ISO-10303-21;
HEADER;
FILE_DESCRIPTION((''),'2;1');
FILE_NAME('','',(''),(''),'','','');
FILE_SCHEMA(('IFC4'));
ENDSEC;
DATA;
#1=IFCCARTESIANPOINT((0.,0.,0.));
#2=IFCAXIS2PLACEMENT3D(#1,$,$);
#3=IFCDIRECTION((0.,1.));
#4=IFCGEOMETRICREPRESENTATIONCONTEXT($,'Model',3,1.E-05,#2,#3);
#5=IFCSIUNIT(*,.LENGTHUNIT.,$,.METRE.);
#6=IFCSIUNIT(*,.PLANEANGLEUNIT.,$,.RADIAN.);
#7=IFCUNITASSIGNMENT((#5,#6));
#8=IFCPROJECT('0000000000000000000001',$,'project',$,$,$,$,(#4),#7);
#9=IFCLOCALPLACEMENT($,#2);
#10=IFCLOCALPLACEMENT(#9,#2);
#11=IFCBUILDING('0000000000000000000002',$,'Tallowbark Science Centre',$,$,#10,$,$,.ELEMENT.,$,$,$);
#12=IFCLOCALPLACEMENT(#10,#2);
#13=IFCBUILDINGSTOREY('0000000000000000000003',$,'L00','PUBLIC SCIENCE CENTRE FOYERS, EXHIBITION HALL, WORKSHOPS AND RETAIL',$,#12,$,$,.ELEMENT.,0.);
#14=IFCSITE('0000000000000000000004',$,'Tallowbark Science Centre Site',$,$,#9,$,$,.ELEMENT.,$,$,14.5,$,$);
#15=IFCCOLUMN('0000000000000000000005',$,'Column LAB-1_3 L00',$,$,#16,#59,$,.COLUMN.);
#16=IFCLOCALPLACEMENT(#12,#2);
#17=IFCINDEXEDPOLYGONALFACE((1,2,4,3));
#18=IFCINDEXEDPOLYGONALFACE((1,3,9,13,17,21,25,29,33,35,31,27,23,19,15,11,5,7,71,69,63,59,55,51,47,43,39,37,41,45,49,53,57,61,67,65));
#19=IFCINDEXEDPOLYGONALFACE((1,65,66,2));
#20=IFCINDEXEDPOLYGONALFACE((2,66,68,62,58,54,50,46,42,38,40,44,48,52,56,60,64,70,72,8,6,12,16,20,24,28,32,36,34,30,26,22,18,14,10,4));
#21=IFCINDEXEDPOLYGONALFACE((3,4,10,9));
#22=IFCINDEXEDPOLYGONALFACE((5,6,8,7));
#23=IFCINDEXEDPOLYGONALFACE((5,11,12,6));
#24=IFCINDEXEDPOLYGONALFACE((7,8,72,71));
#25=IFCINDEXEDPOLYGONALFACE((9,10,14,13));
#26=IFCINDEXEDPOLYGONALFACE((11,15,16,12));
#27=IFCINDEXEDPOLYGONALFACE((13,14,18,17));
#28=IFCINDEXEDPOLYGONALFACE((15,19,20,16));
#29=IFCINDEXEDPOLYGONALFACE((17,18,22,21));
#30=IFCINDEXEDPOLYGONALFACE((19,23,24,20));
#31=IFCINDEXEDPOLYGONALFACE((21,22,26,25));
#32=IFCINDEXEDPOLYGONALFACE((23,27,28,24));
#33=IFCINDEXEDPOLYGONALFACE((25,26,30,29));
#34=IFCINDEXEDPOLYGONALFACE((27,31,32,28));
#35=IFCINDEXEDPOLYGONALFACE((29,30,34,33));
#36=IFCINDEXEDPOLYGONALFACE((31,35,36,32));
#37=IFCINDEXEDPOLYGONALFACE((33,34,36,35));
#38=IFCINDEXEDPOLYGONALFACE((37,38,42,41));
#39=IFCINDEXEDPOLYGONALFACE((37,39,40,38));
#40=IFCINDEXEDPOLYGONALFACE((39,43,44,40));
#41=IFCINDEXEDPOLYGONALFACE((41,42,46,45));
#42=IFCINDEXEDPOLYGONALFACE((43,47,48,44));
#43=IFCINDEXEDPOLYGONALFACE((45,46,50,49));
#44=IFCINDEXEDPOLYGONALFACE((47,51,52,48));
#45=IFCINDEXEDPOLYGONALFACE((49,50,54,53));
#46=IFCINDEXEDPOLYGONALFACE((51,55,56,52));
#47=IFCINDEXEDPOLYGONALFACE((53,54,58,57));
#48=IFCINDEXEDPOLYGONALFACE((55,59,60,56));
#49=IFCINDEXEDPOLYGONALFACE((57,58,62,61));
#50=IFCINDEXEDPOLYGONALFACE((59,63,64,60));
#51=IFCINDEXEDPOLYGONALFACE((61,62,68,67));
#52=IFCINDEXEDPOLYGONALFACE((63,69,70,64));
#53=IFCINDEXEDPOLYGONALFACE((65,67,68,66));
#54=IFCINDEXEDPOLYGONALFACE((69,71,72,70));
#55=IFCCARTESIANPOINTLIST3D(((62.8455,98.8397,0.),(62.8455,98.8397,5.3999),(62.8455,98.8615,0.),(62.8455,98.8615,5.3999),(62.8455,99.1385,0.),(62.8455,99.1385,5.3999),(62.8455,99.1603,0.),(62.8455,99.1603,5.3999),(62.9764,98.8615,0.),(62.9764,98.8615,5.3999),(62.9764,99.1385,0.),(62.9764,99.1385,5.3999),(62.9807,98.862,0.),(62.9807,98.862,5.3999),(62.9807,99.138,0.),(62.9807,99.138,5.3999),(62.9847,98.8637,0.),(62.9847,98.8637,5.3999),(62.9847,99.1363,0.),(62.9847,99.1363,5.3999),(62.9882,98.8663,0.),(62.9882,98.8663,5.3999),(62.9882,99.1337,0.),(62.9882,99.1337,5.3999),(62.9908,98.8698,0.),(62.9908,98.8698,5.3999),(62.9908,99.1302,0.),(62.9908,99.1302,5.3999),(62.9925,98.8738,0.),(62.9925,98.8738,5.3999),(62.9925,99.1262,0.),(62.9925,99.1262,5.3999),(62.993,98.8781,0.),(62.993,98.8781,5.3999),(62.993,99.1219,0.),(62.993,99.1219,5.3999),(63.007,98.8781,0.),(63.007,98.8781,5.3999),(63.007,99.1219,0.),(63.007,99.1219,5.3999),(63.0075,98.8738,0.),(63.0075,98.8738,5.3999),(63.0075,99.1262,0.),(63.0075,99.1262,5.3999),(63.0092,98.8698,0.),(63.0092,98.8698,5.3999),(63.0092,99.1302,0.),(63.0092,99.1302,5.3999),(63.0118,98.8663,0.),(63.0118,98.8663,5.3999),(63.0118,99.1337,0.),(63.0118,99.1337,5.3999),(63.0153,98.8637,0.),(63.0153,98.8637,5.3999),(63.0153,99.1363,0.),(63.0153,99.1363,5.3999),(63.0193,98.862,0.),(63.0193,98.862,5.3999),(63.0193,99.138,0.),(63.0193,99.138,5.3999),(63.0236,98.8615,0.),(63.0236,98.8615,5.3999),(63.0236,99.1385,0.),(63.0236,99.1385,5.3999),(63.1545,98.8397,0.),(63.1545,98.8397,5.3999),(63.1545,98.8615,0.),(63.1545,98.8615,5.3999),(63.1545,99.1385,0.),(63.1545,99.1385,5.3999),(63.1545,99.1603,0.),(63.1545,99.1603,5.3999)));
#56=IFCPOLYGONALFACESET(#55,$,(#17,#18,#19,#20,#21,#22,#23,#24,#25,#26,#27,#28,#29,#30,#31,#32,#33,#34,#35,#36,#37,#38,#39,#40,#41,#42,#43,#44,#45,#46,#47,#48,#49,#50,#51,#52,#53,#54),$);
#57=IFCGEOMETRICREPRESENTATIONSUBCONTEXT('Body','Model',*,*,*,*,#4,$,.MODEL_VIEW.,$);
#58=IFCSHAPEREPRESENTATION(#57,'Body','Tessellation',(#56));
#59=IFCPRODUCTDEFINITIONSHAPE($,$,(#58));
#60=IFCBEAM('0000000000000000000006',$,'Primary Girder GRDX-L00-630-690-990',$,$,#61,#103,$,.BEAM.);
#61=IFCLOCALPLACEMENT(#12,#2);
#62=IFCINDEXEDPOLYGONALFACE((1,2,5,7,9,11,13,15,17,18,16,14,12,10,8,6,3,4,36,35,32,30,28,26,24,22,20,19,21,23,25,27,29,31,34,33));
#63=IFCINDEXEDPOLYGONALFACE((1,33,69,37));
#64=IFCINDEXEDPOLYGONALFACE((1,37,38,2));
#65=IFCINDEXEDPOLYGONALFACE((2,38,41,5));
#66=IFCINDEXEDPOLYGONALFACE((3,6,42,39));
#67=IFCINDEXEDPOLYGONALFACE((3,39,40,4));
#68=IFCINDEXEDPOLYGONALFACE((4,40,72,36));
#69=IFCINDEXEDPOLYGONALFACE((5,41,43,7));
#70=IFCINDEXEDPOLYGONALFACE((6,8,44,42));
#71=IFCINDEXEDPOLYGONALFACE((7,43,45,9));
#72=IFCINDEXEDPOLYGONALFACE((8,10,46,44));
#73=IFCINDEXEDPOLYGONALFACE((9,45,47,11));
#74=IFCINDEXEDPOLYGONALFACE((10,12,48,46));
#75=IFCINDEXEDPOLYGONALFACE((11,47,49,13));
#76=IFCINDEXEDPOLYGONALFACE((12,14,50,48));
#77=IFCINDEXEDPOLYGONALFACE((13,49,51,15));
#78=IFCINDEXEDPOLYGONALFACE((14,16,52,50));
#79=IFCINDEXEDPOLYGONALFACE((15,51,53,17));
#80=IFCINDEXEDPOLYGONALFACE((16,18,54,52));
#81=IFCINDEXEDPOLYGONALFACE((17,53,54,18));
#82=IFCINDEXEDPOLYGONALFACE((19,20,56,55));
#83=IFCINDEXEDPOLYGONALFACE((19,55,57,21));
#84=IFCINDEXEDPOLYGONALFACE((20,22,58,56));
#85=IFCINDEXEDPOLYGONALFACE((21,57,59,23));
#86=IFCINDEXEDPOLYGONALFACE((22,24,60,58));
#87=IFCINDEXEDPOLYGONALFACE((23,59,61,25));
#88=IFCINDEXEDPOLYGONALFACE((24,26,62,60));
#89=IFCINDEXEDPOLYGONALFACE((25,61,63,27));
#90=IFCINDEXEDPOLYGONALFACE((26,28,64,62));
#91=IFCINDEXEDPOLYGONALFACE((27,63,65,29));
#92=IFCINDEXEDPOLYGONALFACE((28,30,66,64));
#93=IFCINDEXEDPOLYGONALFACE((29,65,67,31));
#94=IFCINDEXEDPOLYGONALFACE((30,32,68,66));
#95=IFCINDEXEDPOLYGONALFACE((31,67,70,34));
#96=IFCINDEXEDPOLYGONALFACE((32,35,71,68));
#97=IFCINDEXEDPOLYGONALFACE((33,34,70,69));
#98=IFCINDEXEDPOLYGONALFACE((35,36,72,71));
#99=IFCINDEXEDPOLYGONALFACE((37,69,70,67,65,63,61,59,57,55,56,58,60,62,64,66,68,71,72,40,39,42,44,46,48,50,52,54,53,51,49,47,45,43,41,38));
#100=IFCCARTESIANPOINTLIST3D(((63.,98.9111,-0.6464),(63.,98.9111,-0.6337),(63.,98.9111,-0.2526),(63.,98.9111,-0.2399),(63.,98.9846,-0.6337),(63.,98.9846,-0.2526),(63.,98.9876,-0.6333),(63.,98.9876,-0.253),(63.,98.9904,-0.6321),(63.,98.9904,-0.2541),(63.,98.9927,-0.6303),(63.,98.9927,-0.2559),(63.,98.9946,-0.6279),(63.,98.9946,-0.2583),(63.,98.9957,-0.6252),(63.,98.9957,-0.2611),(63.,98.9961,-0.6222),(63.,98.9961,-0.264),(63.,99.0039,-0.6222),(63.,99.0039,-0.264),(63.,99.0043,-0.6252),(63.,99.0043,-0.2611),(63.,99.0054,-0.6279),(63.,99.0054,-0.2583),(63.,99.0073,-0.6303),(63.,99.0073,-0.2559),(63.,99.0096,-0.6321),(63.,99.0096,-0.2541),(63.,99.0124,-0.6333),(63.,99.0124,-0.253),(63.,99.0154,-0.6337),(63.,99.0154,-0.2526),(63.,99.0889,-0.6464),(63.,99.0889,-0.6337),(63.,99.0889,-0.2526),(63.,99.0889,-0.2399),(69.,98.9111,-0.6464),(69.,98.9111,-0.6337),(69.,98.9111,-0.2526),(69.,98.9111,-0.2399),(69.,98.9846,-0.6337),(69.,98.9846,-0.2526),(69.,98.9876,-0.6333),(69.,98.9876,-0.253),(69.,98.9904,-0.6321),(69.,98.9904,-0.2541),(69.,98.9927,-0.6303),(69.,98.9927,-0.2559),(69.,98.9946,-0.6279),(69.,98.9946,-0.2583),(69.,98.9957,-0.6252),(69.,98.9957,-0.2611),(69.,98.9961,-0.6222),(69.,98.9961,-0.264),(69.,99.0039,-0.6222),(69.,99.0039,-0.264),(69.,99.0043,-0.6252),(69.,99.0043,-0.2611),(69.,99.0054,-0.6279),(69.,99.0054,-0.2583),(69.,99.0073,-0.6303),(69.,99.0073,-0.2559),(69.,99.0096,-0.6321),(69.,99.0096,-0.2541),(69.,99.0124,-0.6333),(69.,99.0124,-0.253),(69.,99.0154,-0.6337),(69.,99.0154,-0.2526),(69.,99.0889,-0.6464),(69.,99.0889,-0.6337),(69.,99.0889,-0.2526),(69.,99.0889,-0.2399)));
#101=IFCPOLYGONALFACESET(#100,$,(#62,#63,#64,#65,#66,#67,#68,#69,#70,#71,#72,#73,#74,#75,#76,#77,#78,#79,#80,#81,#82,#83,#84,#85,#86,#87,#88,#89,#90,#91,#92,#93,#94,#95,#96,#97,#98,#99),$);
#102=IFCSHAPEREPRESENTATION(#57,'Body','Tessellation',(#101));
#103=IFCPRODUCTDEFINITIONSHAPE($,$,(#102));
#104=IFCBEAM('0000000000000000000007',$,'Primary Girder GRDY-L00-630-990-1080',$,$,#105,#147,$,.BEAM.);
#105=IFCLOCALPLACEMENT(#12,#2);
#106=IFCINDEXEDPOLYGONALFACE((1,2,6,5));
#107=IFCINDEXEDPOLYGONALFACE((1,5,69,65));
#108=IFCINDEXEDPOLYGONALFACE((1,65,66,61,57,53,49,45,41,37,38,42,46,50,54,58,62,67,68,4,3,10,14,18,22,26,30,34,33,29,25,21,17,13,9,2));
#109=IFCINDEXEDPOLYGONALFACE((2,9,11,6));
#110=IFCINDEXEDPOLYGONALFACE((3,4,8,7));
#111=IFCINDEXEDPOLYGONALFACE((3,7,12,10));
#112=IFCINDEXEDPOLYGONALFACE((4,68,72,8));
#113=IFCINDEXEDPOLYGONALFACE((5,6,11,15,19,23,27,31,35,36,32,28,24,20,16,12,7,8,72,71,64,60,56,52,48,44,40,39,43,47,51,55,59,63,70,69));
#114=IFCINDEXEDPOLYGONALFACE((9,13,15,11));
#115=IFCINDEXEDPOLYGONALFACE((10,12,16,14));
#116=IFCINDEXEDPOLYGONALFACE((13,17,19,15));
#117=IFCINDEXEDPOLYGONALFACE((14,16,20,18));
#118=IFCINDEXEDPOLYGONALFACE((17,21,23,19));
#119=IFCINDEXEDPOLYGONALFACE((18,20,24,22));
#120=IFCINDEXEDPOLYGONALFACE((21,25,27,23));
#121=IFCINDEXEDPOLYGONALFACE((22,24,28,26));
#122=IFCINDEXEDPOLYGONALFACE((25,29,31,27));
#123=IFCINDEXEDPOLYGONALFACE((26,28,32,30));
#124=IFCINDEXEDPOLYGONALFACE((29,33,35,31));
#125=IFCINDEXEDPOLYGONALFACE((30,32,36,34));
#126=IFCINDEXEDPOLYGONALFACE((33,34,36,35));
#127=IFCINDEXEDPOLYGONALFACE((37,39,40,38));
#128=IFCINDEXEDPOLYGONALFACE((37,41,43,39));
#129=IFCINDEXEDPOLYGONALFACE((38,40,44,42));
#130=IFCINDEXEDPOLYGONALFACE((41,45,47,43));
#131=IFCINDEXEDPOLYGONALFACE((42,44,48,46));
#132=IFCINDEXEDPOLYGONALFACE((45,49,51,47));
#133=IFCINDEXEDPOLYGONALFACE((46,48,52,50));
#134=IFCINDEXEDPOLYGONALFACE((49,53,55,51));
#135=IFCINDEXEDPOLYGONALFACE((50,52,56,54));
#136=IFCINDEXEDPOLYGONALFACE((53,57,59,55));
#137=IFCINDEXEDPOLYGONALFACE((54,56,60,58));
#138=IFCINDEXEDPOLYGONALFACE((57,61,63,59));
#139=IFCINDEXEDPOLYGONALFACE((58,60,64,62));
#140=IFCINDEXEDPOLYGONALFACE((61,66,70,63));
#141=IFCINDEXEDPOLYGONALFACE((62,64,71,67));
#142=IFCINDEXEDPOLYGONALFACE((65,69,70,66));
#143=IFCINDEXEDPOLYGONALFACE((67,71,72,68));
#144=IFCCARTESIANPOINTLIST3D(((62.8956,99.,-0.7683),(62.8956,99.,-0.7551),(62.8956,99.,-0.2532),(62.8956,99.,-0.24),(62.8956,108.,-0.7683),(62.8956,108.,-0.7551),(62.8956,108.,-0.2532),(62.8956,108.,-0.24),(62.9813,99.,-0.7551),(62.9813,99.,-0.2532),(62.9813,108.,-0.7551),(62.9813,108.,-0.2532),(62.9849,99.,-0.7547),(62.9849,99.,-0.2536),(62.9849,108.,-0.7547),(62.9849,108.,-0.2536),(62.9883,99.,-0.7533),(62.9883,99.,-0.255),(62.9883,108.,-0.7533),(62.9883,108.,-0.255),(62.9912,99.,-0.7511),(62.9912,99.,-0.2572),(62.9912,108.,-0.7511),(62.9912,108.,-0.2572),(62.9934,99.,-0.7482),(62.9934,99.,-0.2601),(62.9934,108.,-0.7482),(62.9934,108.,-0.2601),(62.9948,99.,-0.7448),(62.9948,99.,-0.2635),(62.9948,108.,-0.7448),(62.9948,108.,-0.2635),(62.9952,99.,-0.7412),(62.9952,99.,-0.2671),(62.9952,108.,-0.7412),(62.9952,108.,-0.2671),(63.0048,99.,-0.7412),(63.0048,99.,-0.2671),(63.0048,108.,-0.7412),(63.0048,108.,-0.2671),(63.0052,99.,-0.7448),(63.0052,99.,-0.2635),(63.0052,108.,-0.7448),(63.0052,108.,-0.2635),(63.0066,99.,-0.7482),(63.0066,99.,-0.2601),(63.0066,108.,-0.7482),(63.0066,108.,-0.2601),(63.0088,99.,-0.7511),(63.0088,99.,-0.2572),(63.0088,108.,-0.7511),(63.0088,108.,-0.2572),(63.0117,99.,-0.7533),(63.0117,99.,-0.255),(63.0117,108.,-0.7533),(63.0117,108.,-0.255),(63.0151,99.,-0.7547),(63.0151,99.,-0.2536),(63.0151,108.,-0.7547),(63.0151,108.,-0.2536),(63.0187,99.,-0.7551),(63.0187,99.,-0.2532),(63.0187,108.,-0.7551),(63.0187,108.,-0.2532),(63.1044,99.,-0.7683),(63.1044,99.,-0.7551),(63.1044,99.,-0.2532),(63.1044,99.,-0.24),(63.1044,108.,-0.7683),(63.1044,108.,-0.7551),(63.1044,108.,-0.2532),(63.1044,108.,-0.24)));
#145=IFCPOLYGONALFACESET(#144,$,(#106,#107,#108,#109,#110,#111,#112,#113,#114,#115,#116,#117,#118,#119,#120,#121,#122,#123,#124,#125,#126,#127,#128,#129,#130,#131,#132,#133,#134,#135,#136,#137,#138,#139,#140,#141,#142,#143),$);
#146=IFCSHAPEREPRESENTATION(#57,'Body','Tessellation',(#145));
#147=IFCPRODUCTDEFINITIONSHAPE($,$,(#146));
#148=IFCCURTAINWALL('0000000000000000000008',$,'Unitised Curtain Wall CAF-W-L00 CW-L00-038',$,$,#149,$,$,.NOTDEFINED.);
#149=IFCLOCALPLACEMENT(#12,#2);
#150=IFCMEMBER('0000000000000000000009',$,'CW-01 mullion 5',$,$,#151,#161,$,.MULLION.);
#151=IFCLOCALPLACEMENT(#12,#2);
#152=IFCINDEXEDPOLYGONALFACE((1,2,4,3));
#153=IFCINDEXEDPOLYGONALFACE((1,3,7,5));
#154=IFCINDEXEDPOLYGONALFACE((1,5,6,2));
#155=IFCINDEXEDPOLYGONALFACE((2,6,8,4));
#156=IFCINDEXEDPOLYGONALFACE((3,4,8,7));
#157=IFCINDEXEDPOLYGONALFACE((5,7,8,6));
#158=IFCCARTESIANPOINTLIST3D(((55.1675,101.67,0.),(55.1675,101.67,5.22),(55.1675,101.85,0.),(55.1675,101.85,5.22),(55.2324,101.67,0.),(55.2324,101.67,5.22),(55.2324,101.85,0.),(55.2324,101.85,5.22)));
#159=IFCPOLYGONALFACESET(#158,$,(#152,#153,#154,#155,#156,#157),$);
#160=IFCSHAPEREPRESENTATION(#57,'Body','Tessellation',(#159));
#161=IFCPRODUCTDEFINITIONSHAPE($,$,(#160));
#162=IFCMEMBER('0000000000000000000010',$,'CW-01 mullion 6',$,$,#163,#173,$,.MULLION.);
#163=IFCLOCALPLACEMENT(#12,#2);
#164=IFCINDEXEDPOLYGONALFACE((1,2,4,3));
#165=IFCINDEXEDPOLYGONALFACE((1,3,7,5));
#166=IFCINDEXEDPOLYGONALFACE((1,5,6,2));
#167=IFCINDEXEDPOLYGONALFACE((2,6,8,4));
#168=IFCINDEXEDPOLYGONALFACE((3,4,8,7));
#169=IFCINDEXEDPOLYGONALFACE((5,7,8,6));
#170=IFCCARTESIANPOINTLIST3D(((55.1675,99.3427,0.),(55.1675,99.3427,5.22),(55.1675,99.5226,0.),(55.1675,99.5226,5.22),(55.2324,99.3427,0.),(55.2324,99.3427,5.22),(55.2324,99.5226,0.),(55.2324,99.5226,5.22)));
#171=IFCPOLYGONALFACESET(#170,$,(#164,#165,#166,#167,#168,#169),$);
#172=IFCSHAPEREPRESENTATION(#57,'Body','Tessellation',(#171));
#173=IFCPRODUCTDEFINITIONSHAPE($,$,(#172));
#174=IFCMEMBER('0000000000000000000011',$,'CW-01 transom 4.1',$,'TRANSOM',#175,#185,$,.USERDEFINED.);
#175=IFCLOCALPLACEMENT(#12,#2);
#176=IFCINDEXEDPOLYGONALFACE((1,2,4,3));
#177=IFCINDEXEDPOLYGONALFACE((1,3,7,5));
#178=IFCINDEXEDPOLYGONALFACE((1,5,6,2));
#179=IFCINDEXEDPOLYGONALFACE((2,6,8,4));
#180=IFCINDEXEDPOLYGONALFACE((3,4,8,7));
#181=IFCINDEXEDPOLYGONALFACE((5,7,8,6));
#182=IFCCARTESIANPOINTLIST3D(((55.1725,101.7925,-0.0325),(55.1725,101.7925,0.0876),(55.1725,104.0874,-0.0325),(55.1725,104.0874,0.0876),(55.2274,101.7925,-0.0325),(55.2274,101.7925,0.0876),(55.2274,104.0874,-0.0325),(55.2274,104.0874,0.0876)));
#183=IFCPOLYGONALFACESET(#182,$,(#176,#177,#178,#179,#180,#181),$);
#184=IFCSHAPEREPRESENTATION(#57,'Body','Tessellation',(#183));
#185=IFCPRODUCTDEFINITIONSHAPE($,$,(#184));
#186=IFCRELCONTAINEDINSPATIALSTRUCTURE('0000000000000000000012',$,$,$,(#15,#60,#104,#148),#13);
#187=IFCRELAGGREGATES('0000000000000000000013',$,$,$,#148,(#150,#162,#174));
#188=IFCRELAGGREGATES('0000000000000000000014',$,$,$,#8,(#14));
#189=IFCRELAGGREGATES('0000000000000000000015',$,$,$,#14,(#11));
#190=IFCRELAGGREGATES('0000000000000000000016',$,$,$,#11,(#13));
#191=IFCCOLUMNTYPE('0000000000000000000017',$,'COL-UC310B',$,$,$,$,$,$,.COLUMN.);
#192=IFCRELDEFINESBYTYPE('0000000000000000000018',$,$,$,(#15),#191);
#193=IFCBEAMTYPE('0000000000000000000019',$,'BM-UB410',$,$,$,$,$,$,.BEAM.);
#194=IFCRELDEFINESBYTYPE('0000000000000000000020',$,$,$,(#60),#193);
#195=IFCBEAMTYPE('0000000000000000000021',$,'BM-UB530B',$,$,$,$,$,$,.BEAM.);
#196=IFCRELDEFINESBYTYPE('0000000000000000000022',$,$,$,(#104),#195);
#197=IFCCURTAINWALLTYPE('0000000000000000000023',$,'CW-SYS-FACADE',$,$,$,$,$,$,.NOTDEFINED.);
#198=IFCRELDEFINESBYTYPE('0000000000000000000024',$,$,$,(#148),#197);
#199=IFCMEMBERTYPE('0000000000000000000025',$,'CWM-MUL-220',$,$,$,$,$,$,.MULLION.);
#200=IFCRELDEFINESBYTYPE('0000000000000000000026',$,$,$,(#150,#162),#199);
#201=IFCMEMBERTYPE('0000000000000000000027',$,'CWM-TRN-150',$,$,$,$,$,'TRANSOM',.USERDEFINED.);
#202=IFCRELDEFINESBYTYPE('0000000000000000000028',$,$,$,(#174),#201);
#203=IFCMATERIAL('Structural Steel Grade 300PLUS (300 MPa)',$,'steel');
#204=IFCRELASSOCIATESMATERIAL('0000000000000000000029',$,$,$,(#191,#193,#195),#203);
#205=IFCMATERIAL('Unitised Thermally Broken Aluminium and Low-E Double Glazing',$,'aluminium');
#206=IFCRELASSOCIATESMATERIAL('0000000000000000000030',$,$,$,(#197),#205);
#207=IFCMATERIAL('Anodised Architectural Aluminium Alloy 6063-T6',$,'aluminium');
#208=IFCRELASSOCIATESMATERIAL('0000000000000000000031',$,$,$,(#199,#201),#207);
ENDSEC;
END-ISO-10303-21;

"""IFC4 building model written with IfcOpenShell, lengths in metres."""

from ifc_helpers import new_model, si_unit, direction, frame, origin, origin_2d, place, context, subcontext, project, spatial, rectangle, i_section, extrude, material, material_profile, profile_set, type_object, element, aggregate, save


model = new_model("IFC4")

# Units and contexts
model_context = context("Model", 3, precision=1e-05, world=origin(), true_north=direction((0.0, 1.0)))
body_context = subcontext(model_context, "Body", "Model", "MODEL_VIEW")
ifc_project = project(units=[si_unit("LENGTHUNIT", "METRE"), si_unit("PLANEANGLEUNIT", "RADIAN")], contexts=[model_context])

# Site, building, storey
site_placement = place(None, origin())
site = spatial("IfcSite", under=ifc_project, at=site_placement, Name="Tallowbark Science Centre Site", CompositionType="ELEMENT", RefElevation=14.5)
building_placement = place(site_placement, origin())
building = spatial("IfcBuilding", under=site, at=building_placement, Name="Tallowbark Science Centre", CompositionType="ELEMENT")
storey_placement = place(building_placement, origin())
storey = spatial("IfcBuildingStorey", under=building, at=storey_placement, Name="L00", Description="PUBLIC SCIENCE CENTRE FOYERS, EXHIBITION HALL, WORKSHOPS AND RETAIL", CompositionType="ELEMENT", Elevation=0.0)

# Column
ifc_material_1 = material(Name="Structural Steel Grade 300PLUS (300 MPa)", Category="steel")
ifc_material_profile_1 = material_profile(ifc_material_1, i_section(OverallWidth=0.3091, OverallDepth=0.3206, WebThickness=0.0139, FlangeThickness=0.0217, FilletRadius=0.0166, at=origin_2d()), Name="310UC137")
ifc_profile_set_1 = profile_set([ifc_material_profile_1], Name="Structural Steel Grade 300PLUS (300 MPa)")
column_type = type_object("IfcColumnType", Name="COL-UC310B", PredefinedType="COLUMN", material=ifc_profile_set_1)
column_placement = place(storey_placement, frame((63.0, 99.0, 0.0), z_axis=(0.0, 0.0, 1.0), x_axis=(1.0, 0.0, 0.0)))
element("IfcColumn", 1, at=column_placement, inside=storey, type_object=column_type, Name="Column LAB-1_3 L00", PredefinedType="COLUMN", context=body_context, shape_type="SweptSolid", body=[
    extrude(i_section(OverallWidth=0.3091, OverallDepth=0.3206, WebThickness=0.0139, FlangeThickness=0.0217, FilletRadius=0.0166, at=origin_2d()), origin(), (0.0, 0.0, 1.0), 5.3999),
])

# Beams
ifc_material_profile_2 = material_profile(ifc_material_1, i_section(OverallWidth=0.1777, OverallDepth=0.4065, WebThickness=0.0078, FlangeThickness=0.0127, FilletRadius=0.0115, at=origin_2d()), Name="410UB59.7")
ifc_profile_set_2 = profile_set([ifc_material_profile_2], Name="Structural Steel Grade 300PLUS (300 MPa)")
beam_type_1 = type_object("IfcBeamType", Name="BM-UB410", PredefinedType="BEAM", material=ifc_profile_set_2)
beam_1_placement = place(storey_placement, frame((63.0, 99.0, -0.4431), z_axis=(1.0, 0.0, 0.0), x_axis=(0.0, 1.0, 0.0)))
element("IfcBeam", 2, at=beam_1_placement, inside=storey, type_object=beam_type_1, Name="Primary Girder GRDX-L00-630-690-990", PredefinedType="BEAM", context=body_context, shape_type="SweptSolid", body=[
    extrude(i_section(OverallWidth=0.1777, OverallDepth=0.4065, WebThickness=0.0078, FlangeThickness=0.0127, FilletRadius=0.0115, at=origin_2d()), origin(), (0.0, 0.0, 1.0), 6.0),
])
ifc_material_profile_3 = material_profile(ifc_material_1, i_section(OverallWidth=0.2087, OverallDepth=0.5283, WebThickness=0.0095, FlangeThickness=0.0132, FilletRadius=0.0139, at=origin_2d()), Name="530UB82.0")
ifc_profile_set_3 = profile_set([ifc_material_profile_3], Name="Structural Steel Grade 300PLUS (300 MPa)")
beam_type_2 = type_object("IfcBeamType", Name="BM-UB530B", PredefinedType="BEAM", material=ifc_profile_set_3)
beam_2_placement = place(storey_placement, frame((63.0, 99.0, -0.5042), z_axis=(0.0, 1.0, 0.0), x_axis=(-1.0, 0.0, 0.0)))
element("IfcBeam", 3, at=beam_2_placement, inside=storey, type_object=beam_type_2, Name="Primary Girder GRDY-L00-630-990-1080", PredefinedType="BEAM", context=body_context, shape_type="SweptSolid", body=[
    extrude(i_section(OverallWidth=0.2087, OverallDepth=0.5283, WebThickness=0.0095, FlangeThickness=0.0132, FilletRadius=0.0139, at=origin_2d()), origin(), (0.0, 0.0, 1.0), 9.0),
])

# Curtain wall, members
ifc_material_2 = material(Name="Unitised Thermally Broken Aluminium and Low-E Double Glazing", Category="aluminium")
curtain_wall_type = type_object("IfcCurtainWallType", Name="CW-SYS-FACADE", PredefinedType="NOTDEFINED", material=ifc_material_2)
curtain_wall_placement = place(storey_placement, origin())
curtain_wall = element("IfcCurtainWall", 4, at=curtain_wall_placement, inside=storey, type_object=curtain_wall_type, Name="Unitised Curtain Wall CAF-W-L00 CW-L00-038", PredefinedType="NOTDEFINED")
ifc_material_3 = material(Name="Anodised Architectural Aluminium Alloy 6063-T6", Category="aluminium")
ifc_material_profile_4 = material_profile(ifc_material_3, rectangle(XDim=0.0649, YDim=0.1799, at=origin_2d()), Name="ALU65x180")
ifc_profile_set_4 = profile_set([ifc_material_profile_4], Name="Anodised Architectural Aluminium Alloy 6063-T6")
member_type_1 = type_object("IfcMemberType", Name="CWM-MUL-220", PredefinedType="MULLION", material=ifc_profile_set_4)
member_1_placement = place(storey_placement, frame((55.2, 101.76, 0.0), z_axis=(0.0, 0.0, 1.0), x_axis=(1.0, 0.0, 0.0)))
member_1 = element("IfcMember", 5, at=member_1_placement, type_object=member_type_1, Name="CW-01 mullion 5", PredefinedType="MULLION", context=body_context, shape_type="SweptSolid", body=[
    extrude(rectangle(XDim=0.0649, YDim=0.1799, at=origin_2d()), origin(), (0.0, 0.0, 1.0), 5.22),
])
member_2_placement = place(storey_placement, frame((55.2, 99.4326, 0.0), z_axis=(0.0, 0.0, 1.0), x_axis=(1.0, 0.0, 0.0)))
member_2 = element("IfcMember", 6, at=member_2_placement, type_object=member_type_1, Name="CW-01 mullion 6", PredefinedType="MULLION", context=body_context, shape_type="SweptSolid", body=[
    extrude(rectangle(XDim=0.0649, YDim=0.1799, at=origin_2d()), origin(), (0.0, 0.0, 1.0), 5.22),
])
ifc_material_profile_5 = material_profile(ifc_material_3, rectangle(XDim=0.0549, YDim=0.1201, at=origin_2d()), Name="ALU55x120")
ifc_profile_set_5 = profile_set([ifc_material_profile_5], Name="Anodised Architectural Aluminium Alloy 6063-T6")
member_type_2 = type_object("IfcMemberType", Name="CWM-TRN-150", ElementType="TRANSOM", PredefinedType="USERDEFINED", material=ifc_profile_set_5)
member_3_placement = place(storey_placement, frame((55.2, 104.0874, 0.0276), z_axis=(0.0, -1.0, 0.0), x_axis=(1.0, 0.0, 0.0)))
member_3 = element("IfcMember", 7, at=member_3_placement, type_object=member_type_2, Name="CW-01 transom 4.1", ObjectType="TRANSOM", PredefinedType="USERDEFINED", context=body_context, shape_type="SweptSolid", body=[
    extrude(rectangle(XDim=0.0549, YDim=0.1201, at=origin_2d()), origin(), (0.0, 0.0, 1.0), 2.2949),
])

aggregate(curtain_wall, [member_1, member_2, member_3])

save(model, "model.ifc")
